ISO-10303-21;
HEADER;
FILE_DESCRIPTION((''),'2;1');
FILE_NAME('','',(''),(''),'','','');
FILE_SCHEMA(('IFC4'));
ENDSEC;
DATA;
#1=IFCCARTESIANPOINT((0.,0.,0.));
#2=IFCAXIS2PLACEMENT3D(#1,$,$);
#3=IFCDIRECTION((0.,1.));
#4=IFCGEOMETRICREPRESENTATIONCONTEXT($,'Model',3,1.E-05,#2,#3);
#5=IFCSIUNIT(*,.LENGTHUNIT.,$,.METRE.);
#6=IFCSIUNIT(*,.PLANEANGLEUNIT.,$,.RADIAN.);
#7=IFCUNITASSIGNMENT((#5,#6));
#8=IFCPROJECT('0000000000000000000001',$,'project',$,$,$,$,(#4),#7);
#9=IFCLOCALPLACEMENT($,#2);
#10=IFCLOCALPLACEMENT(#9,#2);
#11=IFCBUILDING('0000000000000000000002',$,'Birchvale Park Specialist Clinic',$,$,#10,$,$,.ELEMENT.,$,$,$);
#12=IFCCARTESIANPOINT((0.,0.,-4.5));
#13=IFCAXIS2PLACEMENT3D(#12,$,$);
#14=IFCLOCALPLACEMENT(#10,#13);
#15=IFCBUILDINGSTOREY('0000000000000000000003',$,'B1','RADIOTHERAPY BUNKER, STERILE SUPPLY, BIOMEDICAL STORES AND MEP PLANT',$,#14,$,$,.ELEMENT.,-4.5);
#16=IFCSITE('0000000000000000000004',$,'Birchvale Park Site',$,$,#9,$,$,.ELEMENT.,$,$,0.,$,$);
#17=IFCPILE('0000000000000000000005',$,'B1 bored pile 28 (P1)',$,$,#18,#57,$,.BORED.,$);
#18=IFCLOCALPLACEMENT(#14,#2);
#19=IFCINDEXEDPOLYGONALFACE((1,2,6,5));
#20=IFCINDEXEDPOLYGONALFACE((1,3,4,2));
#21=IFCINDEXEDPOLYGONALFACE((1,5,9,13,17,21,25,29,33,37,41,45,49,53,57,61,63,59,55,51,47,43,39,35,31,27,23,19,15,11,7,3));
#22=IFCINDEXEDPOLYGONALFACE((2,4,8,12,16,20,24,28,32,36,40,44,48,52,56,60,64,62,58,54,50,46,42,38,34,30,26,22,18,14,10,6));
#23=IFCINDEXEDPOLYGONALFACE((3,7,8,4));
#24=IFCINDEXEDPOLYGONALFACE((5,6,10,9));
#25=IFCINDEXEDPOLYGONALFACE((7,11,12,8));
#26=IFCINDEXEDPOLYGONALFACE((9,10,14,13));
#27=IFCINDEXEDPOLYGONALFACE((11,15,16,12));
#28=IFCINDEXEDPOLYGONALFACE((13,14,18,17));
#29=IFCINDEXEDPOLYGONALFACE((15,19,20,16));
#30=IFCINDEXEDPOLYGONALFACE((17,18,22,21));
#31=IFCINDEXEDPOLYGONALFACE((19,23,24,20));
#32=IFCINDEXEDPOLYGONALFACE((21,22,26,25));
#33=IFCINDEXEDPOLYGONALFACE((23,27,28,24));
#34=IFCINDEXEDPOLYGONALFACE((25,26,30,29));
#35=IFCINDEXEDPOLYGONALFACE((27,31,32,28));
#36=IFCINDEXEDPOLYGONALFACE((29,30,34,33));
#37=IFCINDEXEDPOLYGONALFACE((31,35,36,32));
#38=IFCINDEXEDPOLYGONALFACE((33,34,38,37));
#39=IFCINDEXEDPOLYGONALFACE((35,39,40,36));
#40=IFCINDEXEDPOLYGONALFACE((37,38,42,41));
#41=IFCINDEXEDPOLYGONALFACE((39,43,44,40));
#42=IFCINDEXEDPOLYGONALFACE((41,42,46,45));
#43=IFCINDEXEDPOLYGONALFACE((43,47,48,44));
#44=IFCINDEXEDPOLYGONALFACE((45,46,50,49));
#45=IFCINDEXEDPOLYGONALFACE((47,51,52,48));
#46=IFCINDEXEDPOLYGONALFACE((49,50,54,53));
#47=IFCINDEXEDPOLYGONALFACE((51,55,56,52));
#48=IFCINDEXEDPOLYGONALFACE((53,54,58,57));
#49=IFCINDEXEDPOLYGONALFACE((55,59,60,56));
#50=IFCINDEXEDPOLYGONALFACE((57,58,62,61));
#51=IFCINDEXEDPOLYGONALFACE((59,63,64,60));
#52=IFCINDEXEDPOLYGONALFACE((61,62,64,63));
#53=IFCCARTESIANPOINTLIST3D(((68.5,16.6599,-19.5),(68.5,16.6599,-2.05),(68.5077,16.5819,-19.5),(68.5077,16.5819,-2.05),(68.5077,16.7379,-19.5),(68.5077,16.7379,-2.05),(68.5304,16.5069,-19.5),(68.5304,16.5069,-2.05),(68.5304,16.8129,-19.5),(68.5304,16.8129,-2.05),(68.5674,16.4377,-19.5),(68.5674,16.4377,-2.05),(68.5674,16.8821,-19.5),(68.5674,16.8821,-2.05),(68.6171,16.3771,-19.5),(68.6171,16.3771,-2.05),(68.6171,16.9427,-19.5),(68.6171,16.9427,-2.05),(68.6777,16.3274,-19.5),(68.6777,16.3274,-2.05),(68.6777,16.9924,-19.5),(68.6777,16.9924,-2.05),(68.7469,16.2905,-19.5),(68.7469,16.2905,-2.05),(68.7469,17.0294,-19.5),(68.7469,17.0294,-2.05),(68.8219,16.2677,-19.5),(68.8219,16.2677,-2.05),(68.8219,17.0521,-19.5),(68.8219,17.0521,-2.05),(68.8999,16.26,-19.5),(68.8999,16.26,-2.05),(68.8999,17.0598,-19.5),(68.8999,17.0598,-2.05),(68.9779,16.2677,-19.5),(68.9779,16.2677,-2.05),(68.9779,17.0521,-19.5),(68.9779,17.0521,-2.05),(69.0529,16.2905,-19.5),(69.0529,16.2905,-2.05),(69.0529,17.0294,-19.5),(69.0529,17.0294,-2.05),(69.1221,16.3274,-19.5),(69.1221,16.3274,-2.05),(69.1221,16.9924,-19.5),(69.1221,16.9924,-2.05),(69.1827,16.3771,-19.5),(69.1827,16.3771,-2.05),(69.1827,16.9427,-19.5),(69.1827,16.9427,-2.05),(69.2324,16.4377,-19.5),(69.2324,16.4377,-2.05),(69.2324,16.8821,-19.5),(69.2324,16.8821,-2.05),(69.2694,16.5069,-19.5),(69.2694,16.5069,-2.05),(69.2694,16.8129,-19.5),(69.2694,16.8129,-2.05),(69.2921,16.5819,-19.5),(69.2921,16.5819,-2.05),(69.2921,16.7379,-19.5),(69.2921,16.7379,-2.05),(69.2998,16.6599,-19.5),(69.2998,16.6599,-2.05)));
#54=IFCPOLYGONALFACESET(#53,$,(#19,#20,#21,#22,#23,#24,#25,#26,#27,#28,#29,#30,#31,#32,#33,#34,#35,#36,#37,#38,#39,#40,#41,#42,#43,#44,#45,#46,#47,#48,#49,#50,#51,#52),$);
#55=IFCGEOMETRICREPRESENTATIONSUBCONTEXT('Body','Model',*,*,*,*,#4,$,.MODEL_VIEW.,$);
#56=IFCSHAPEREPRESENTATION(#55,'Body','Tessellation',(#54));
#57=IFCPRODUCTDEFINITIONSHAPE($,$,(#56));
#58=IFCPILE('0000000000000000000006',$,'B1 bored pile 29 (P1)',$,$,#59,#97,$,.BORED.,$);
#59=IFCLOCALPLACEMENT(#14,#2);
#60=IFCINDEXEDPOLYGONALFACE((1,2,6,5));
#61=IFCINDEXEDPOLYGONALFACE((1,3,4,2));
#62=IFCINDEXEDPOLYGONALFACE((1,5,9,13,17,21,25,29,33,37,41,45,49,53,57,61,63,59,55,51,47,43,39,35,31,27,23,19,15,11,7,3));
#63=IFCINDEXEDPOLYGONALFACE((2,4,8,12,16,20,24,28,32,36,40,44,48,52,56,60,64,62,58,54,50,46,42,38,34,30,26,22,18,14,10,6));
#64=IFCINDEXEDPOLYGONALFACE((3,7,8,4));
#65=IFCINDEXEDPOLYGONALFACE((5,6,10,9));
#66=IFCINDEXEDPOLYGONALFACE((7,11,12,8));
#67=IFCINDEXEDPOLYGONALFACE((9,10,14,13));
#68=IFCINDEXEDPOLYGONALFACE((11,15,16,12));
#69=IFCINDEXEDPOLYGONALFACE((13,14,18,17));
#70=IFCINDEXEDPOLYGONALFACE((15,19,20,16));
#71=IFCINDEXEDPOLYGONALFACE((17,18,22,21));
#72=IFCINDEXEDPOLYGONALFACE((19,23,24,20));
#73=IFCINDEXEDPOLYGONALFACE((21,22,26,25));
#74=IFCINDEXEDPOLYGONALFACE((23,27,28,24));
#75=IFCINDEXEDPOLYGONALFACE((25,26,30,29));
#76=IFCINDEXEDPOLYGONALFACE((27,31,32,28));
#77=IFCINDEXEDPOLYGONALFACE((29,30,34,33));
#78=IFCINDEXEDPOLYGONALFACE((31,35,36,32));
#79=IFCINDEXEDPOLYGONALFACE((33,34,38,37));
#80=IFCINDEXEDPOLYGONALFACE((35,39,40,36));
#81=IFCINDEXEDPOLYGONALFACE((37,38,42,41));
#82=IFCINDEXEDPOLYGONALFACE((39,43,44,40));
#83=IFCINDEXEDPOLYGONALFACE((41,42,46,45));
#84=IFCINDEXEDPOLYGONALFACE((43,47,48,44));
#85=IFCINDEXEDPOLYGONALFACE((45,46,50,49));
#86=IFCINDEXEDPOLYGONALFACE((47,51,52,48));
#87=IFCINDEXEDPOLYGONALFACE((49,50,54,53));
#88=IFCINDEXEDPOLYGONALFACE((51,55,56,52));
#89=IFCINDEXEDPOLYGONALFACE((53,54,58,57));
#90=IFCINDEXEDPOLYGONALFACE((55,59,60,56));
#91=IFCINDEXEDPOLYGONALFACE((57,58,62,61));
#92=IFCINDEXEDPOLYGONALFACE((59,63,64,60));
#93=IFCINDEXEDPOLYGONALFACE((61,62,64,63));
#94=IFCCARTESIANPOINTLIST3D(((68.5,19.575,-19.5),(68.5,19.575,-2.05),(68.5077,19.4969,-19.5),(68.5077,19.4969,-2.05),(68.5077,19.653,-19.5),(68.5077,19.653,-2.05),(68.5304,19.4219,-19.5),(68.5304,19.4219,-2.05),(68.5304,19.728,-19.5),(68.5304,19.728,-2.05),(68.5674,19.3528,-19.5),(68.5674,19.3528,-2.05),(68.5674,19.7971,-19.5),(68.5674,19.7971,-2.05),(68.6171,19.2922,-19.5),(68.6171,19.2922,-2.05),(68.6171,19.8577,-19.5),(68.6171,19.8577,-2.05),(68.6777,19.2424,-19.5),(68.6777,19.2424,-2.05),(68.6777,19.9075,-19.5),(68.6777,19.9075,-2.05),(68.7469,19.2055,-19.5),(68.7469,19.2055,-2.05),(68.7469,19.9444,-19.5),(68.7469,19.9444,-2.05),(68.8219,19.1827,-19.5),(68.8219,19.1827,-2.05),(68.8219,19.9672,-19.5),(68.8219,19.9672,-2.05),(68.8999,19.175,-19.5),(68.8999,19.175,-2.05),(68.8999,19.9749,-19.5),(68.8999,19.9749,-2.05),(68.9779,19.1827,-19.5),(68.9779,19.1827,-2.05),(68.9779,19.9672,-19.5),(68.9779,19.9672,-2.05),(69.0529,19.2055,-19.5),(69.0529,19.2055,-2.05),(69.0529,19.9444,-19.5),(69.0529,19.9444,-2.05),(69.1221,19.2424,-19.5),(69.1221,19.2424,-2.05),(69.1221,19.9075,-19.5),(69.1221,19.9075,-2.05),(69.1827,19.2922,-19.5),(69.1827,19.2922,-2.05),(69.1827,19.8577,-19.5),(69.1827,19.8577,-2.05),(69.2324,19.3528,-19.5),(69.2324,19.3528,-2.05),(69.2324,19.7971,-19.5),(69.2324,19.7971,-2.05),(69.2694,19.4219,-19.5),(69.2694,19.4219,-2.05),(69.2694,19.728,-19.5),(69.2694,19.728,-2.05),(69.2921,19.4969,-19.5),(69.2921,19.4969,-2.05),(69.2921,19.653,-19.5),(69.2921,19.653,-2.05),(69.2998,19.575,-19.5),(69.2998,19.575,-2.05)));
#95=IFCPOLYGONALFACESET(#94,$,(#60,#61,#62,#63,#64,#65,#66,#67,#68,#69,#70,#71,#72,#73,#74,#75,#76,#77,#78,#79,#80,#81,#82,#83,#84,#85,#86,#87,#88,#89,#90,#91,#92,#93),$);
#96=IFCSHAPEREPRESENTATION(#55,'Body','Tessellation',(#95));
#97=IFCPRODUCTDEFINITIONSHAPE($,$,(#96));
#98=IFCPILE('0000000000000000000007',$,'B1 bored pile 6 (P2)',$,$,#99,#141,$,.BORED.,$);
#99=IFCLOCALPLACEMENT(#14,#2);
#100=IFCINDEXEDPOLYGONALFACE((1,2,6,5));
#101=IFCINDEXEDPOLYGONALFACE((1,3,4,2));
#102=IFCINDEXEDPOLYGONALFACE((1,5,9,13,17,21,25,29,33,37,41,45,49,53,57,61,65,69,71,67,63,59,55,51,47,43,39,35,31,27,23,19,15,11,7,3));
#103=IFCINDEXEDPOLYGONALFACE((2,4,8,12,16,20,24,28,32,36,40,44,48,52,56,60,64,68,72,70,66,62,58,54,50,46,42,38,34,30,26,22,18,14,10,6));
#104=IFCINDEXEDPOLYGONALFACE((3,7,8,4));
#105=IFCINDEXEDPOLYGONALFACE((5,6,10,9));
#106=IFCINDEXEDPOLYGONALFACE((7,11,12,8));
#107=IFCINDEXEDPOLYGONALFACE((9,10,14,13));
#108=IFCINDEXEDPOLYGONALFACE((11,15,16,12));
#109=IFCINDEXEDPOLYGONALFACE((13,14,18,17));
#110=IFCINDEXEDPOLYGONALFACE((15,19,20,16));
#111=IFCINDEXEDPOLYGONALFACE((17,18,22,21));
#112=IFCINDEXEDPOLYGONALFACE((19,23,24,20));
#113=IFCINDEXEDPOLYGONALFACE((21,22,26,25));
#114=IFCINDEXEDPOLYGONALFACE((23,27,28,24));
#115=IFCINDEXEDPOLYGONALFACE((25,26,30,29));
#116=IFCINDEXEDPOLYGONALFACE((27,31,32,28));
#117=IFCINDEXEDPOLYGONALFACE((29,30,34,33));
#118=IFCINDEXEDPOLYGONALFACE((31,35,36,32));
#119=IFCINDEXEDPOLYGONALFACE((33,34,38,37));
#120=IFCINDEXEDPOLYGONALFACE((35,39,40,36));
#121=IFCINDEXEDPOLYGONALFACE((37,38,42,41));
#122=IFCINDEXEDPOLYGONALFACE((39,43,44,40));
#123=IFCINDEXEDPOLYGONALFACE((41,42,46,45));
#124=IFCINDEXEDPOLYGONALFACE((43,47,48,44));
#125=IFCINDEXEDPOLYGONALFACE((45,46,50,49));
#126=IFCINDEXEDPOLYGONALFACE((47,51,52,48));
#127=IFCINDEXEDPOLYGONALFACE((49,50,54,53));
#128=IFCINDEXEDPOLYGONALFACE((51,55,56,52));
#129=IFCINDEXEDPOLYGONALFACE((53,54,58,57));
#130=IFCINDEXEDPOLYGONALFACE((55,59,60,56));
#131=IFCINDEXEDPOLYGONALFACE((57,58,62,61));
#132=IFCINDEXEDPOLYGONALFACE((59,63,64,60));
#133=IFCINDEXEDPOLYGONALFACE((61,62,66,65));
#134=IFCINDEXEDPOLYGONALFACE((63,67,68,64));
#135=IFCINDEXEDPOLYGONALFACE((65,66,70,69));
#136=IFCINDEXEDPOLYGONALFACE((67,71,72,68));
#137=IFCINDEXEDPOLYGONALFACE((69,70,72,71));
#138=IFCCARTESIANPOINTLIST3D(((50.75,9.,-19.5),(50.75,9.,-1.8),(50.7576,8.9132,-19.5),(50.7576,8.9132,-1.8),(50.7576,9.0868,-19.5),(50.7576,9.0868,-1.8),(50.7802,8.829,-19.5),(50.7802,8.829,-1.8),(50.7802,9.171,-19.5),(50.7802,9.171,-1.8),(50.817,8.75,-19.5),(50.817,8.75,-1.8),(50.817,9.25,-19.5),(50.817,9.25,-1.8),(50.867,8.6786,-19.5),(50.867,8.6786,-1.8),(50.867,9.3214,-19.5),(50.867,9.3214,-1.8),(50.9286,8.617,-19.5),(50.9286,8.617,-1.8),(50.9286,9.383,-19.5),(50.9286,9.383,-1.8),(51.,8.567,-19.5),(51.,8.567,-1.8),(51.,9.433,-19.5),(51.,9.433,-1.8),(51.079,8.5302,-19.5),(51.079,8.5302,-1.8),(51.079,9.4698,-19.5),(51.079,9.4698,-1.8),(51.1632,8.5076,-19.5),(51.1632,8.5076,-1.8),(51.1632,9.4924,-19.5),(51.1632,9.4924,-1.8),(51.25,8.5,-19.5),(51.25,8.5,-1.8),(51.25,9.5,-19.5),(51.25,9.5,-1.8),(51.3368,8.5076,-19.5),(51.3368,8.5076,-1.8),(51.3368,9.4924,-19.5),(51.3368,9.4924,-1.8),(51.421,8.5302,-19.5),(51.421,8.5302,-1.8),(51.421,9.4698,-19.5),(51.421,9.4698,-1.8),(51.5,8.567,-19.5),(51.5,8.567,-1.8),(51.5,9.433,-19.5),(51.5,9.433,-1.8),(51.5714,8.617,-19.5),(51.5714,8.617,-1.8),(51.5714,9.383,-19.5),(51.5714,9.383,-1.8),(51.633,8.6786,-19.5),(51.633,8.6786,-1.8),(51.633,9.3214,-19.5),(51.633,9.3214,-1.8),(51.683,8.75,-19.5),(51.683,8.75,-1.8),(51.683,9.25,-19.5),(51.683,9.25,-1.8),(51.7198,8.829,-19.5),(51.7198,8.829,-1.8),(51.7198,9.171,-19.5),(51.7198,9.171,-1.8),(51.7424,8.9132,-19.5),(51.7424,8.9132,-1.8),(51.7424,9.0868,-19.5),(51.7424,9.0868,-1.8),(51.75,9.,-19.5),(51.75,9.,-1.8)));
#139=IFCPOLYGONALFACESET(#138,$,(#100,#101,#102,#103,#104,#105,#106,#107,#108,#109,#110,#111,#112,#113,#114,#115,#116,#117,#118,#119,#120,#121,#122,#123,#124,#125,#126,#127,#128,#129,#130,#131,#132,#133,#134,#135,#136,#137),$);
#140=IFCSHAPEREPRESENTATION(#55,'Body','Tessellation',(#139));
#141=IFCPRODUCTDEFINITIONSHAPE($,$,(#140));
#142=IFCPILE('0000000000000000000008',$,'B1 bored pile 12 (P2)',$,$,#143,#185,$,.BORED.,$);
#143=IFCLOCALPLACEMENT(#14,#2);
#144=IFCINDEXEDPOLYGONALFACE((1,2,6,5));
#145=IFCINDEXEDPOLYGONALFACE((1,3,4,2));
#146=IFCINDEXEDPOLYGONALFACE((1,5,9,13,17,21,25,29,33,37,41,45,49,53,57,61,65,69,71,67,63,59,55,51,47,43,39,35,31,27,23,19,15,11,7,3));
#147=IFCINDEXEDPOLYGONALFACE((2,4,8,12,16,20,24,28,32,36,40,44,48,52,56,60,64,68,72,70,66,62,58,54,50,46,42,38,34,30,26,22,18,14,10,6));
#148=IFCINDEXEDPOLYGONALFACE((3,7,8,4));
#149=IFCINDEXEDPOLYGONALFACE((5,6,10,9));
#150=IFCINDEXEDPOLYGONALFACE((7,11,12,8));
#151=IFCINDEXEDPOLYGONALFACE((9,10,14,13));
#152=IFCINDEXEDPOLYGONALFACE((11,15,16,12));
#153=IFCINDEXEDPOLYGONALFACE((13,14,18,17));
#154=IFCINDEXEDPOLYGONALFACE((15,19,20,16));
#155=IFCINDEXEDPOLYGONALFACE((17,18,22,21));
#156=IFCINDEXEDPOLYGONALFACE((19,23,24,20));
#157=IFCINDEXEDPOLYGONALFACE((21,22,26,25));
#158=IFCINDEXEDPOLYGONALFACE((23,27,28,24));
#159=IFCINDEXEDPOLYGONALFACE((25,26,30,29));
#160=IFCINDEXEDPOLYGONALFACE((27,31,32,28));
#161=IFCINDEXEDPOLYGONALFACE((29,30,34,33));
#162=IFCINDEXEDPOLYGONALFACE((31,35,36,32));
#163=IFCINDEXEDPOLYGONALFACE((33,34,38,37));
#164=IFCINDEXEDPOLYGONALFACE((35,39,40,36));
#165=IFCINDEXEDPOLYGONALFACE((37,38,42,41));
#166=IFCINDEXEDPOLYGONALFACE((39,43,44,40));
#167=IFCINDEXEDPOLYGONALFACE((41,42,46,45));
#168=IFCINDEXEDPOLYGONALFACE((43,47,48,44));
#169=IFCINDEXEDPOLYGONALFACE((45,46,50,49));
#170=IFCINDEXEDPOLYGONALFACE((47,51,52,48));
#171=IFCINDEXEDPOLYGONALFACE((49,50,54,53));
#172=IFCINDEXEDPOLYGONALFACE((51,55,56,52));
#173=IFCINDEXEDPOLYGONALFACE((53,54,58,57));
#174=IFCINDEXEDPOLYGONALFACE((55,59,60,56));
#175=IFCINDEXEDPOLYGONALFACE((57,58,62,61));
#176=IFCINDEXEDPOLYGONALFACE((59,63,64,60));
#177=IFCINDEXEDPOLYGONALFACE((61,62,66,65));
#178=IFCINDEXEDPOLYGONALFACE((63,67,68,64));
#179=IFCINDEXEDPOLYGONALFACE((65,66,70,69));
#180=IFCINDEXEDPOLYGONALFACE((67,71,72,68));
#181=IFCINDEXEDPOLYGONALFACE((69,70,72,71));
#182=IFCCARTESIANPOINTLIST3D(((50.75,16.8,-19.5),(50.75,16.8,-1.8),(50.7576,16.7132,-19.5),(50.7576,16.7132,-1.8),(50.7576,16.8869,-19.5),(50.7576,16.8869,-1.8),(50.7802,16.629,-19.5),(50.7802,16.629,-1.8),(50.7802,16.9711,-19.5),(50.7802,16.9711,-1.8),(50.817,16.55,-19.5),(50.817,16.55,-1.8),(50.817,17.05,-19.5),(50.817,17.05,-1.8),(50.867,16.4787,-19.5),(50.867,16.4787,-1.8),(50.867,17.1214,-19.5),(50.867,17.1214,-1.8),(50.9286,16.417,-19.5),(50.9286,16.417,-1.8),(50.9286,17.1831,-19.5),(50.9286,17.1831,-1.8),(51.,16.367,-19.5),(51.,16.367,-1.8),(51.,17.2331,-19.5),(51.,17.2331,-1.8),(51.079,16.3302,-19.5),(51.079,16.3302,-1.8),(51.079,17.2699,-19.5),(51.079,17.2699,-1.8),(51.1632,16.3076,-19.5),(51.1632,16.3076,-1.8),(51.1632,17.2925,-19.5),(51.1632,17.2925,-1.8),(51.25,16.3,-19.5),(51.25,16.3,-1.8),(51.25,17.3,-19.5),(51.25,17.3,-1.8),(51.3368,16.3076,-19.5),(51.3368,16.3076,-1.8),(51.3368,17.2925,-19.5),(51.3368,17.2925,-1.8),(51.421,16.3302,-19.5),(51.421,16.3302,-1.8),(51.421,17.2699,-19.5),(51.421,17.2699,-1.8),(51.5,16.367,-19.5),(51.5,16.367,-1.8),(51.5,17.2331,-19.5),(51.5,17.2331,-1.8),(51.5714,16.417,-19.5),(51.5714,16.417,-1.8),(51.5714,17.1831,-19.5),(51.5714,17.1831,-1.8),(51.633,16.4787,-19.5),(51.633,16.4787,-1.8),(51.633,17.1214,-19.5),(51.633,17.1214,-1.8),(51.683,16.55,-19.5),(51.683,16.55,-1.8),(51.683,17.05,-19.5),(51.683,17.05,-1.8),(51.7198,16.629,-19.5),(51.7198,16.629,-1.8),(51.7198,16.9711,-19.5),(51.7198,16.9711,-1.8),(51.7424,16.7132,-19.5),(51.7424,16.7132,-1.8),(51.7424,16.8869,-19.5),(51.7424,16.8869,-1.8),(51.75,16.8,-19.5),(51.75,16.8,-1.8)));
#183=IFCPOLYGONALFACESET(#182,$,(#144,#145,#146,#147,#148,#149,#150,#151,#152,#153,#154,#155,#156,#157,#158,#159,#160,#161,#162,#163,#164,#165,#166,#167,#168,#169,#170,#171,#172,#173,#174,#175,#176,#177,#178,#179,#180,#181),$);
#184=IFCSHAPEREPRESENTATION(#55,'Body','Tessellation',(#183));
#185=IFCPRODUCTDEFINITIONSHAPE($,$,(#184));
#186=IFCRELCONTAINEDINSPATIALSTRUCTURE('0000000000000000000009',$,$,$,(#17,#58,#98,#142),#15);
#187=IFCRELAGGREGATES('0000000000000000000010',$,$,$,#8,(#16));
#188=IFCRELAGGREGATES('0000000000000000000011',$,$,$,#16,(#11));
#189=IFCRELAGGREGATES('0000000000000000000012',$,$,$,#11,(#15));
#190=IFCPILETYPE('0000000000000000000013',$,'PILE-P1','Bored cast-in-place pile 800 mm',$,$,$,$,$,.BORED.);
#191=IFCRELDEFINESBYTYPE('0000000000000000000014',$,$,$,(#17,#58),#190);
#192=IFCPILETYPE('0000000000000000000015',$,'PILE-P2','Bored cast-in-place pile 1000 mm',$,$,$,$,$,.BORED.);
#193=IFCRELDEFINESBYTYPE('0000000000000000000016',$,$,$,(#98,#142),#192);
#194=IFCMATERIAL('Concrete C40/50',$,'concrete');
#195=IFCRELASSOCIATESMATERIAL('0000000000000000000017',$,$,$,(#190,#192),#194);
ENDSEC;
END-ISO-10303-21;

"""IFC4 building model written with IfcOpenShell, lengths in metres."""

from ifc_helpers import new_model, si_unit, direction, frame, origin, origin_2d, place, context, subcontext, project, spatial, circle, extrude, material, material_profile, profile_set, type_object, element, save


model = new_model("IFC4")

# Units and contexts
model_context = context("Model", 3, precision=1e-05, world=origin(), true_north=direction((0.0, 1.0)))
body_context = subcontext(model_context, "Body", "Model", "MODEL_VIEW")
ifc_project = project(units=[si_unit("LENGTHUNIT", "METRE"), si_unit("PLANEANGLEUNIT", "RADIAN")], contexts=[model_context])

# Site, building, storey
site_placement = place(None, origin())
site = spatial("IfcSite", under=ifc_project, at=site_placement, Name="Birchvale Park Site", CompositionType="ELEMENT", RefElevation=0.0)
building_placement = place(site_placement, origin())
building = spatial("IfcBuilding", under=site, at=building_placement, Name="Birchvale Park Specialist Clinic", CompositionType="ELEMENT")
storey_placement = place(building_placement, frame((0.0, 0.0, -4.5)))
storey = spatial("IfcBuildingStorey", under=building, at=storey_placement, Name="B1", Description="RADIOTHERAPY BUNKER, STERILE SUPPLY, BIOMEDICAL STORES AND MEP PLANT", CompositionType="ELEMENT", Elevation=-4.5)

# Shared definitions
ifc_material_1 = material(Name="Concrete C40/50", Category="concrete")

# Piles
ifc_material_profile_1 = material_profile(ifc_material_1, circle(Radius=0.3999, at=origin_2d()), Name="PILE-800")
ifc_profile_set_1 = profile_set([ifc_material_profile_1], Name="Concrete C40/50")
pile_type_1 = type_object("IfcPileType", Name="PILE-P1", Description="Bored cast-in-place pile 800 mm", PredefinedType="BORED", material=ifc_profile_set_1)
for number, where, z_axis, x_axis, name in (
    (1, (68.8999, 16.6599, -2.05), (0.0, 0.0, -1.0), (1.0, 0.0, 0.0), "B1 bored pile 28 (P1)"),
    (2, (68.8999, 19.575, -2.05), (0.0, 0.0, -1.0), (1.0, 0.0, 0.0), "B1 bored pile 29 (P1)"),
):
    element("IfcPile", number, at=place(storey_placement, frame(where, z_axis=z_axis, x_axis=x_axis)), inside=storey, type_object=pile_type_1, Name=name, PredefinedType="BORED", context=body_context, shape_type="SweptSolid", body=[
        extrude(circle(Radius=0.3999, at=origin_2d()), origin(), (0.0, 0.0, 1.0), 17.45),
    ])
ifc_material_profile_2 = material_profile(ifc_material_1, circle(Radius=0.5, at=origin_2d()), Name="PILE-1000")
ifc_profile_set_2 = profile_set([ifc_material_profile_2], Name="Concrete C40/50")
pile_type_2 = type_object("IfcPileType", Name="PILE-P2", Description="Bored cast-in-place pile 1000 mm", PredefinedType="BORED", material=ifc_profile_set_2)
for number, where, z_axis, x_axis, name in (
    (3, (51.25, 9.0, -1.8), (0.0, 0.0, -1.0), (1.0, 0.0, 0.0), "B1 bored pile 6 (P2)"),
    (4, (51.25, 16.8, -1.8), (0.0, 0.0, -1.0), (1.0, 0.0, 0.0), "B1 bored pile 12 (P2)"),
):
    element("IfcPile", number, at=place(storey_placement, frame(where, z_axis=z_axis, x_axis=x_axis)), inside=storey, type_object=pile_type_2, Name=name, PredefinedType="BORED", context=body_context, shape_type="SweptSolid", body=[
        extrude(circle(Radius=0.5, at=origin_2d()), origin(), (0.0, 0.0, 1.0), 17.7),
    ])

save(model, "model.ifc")
